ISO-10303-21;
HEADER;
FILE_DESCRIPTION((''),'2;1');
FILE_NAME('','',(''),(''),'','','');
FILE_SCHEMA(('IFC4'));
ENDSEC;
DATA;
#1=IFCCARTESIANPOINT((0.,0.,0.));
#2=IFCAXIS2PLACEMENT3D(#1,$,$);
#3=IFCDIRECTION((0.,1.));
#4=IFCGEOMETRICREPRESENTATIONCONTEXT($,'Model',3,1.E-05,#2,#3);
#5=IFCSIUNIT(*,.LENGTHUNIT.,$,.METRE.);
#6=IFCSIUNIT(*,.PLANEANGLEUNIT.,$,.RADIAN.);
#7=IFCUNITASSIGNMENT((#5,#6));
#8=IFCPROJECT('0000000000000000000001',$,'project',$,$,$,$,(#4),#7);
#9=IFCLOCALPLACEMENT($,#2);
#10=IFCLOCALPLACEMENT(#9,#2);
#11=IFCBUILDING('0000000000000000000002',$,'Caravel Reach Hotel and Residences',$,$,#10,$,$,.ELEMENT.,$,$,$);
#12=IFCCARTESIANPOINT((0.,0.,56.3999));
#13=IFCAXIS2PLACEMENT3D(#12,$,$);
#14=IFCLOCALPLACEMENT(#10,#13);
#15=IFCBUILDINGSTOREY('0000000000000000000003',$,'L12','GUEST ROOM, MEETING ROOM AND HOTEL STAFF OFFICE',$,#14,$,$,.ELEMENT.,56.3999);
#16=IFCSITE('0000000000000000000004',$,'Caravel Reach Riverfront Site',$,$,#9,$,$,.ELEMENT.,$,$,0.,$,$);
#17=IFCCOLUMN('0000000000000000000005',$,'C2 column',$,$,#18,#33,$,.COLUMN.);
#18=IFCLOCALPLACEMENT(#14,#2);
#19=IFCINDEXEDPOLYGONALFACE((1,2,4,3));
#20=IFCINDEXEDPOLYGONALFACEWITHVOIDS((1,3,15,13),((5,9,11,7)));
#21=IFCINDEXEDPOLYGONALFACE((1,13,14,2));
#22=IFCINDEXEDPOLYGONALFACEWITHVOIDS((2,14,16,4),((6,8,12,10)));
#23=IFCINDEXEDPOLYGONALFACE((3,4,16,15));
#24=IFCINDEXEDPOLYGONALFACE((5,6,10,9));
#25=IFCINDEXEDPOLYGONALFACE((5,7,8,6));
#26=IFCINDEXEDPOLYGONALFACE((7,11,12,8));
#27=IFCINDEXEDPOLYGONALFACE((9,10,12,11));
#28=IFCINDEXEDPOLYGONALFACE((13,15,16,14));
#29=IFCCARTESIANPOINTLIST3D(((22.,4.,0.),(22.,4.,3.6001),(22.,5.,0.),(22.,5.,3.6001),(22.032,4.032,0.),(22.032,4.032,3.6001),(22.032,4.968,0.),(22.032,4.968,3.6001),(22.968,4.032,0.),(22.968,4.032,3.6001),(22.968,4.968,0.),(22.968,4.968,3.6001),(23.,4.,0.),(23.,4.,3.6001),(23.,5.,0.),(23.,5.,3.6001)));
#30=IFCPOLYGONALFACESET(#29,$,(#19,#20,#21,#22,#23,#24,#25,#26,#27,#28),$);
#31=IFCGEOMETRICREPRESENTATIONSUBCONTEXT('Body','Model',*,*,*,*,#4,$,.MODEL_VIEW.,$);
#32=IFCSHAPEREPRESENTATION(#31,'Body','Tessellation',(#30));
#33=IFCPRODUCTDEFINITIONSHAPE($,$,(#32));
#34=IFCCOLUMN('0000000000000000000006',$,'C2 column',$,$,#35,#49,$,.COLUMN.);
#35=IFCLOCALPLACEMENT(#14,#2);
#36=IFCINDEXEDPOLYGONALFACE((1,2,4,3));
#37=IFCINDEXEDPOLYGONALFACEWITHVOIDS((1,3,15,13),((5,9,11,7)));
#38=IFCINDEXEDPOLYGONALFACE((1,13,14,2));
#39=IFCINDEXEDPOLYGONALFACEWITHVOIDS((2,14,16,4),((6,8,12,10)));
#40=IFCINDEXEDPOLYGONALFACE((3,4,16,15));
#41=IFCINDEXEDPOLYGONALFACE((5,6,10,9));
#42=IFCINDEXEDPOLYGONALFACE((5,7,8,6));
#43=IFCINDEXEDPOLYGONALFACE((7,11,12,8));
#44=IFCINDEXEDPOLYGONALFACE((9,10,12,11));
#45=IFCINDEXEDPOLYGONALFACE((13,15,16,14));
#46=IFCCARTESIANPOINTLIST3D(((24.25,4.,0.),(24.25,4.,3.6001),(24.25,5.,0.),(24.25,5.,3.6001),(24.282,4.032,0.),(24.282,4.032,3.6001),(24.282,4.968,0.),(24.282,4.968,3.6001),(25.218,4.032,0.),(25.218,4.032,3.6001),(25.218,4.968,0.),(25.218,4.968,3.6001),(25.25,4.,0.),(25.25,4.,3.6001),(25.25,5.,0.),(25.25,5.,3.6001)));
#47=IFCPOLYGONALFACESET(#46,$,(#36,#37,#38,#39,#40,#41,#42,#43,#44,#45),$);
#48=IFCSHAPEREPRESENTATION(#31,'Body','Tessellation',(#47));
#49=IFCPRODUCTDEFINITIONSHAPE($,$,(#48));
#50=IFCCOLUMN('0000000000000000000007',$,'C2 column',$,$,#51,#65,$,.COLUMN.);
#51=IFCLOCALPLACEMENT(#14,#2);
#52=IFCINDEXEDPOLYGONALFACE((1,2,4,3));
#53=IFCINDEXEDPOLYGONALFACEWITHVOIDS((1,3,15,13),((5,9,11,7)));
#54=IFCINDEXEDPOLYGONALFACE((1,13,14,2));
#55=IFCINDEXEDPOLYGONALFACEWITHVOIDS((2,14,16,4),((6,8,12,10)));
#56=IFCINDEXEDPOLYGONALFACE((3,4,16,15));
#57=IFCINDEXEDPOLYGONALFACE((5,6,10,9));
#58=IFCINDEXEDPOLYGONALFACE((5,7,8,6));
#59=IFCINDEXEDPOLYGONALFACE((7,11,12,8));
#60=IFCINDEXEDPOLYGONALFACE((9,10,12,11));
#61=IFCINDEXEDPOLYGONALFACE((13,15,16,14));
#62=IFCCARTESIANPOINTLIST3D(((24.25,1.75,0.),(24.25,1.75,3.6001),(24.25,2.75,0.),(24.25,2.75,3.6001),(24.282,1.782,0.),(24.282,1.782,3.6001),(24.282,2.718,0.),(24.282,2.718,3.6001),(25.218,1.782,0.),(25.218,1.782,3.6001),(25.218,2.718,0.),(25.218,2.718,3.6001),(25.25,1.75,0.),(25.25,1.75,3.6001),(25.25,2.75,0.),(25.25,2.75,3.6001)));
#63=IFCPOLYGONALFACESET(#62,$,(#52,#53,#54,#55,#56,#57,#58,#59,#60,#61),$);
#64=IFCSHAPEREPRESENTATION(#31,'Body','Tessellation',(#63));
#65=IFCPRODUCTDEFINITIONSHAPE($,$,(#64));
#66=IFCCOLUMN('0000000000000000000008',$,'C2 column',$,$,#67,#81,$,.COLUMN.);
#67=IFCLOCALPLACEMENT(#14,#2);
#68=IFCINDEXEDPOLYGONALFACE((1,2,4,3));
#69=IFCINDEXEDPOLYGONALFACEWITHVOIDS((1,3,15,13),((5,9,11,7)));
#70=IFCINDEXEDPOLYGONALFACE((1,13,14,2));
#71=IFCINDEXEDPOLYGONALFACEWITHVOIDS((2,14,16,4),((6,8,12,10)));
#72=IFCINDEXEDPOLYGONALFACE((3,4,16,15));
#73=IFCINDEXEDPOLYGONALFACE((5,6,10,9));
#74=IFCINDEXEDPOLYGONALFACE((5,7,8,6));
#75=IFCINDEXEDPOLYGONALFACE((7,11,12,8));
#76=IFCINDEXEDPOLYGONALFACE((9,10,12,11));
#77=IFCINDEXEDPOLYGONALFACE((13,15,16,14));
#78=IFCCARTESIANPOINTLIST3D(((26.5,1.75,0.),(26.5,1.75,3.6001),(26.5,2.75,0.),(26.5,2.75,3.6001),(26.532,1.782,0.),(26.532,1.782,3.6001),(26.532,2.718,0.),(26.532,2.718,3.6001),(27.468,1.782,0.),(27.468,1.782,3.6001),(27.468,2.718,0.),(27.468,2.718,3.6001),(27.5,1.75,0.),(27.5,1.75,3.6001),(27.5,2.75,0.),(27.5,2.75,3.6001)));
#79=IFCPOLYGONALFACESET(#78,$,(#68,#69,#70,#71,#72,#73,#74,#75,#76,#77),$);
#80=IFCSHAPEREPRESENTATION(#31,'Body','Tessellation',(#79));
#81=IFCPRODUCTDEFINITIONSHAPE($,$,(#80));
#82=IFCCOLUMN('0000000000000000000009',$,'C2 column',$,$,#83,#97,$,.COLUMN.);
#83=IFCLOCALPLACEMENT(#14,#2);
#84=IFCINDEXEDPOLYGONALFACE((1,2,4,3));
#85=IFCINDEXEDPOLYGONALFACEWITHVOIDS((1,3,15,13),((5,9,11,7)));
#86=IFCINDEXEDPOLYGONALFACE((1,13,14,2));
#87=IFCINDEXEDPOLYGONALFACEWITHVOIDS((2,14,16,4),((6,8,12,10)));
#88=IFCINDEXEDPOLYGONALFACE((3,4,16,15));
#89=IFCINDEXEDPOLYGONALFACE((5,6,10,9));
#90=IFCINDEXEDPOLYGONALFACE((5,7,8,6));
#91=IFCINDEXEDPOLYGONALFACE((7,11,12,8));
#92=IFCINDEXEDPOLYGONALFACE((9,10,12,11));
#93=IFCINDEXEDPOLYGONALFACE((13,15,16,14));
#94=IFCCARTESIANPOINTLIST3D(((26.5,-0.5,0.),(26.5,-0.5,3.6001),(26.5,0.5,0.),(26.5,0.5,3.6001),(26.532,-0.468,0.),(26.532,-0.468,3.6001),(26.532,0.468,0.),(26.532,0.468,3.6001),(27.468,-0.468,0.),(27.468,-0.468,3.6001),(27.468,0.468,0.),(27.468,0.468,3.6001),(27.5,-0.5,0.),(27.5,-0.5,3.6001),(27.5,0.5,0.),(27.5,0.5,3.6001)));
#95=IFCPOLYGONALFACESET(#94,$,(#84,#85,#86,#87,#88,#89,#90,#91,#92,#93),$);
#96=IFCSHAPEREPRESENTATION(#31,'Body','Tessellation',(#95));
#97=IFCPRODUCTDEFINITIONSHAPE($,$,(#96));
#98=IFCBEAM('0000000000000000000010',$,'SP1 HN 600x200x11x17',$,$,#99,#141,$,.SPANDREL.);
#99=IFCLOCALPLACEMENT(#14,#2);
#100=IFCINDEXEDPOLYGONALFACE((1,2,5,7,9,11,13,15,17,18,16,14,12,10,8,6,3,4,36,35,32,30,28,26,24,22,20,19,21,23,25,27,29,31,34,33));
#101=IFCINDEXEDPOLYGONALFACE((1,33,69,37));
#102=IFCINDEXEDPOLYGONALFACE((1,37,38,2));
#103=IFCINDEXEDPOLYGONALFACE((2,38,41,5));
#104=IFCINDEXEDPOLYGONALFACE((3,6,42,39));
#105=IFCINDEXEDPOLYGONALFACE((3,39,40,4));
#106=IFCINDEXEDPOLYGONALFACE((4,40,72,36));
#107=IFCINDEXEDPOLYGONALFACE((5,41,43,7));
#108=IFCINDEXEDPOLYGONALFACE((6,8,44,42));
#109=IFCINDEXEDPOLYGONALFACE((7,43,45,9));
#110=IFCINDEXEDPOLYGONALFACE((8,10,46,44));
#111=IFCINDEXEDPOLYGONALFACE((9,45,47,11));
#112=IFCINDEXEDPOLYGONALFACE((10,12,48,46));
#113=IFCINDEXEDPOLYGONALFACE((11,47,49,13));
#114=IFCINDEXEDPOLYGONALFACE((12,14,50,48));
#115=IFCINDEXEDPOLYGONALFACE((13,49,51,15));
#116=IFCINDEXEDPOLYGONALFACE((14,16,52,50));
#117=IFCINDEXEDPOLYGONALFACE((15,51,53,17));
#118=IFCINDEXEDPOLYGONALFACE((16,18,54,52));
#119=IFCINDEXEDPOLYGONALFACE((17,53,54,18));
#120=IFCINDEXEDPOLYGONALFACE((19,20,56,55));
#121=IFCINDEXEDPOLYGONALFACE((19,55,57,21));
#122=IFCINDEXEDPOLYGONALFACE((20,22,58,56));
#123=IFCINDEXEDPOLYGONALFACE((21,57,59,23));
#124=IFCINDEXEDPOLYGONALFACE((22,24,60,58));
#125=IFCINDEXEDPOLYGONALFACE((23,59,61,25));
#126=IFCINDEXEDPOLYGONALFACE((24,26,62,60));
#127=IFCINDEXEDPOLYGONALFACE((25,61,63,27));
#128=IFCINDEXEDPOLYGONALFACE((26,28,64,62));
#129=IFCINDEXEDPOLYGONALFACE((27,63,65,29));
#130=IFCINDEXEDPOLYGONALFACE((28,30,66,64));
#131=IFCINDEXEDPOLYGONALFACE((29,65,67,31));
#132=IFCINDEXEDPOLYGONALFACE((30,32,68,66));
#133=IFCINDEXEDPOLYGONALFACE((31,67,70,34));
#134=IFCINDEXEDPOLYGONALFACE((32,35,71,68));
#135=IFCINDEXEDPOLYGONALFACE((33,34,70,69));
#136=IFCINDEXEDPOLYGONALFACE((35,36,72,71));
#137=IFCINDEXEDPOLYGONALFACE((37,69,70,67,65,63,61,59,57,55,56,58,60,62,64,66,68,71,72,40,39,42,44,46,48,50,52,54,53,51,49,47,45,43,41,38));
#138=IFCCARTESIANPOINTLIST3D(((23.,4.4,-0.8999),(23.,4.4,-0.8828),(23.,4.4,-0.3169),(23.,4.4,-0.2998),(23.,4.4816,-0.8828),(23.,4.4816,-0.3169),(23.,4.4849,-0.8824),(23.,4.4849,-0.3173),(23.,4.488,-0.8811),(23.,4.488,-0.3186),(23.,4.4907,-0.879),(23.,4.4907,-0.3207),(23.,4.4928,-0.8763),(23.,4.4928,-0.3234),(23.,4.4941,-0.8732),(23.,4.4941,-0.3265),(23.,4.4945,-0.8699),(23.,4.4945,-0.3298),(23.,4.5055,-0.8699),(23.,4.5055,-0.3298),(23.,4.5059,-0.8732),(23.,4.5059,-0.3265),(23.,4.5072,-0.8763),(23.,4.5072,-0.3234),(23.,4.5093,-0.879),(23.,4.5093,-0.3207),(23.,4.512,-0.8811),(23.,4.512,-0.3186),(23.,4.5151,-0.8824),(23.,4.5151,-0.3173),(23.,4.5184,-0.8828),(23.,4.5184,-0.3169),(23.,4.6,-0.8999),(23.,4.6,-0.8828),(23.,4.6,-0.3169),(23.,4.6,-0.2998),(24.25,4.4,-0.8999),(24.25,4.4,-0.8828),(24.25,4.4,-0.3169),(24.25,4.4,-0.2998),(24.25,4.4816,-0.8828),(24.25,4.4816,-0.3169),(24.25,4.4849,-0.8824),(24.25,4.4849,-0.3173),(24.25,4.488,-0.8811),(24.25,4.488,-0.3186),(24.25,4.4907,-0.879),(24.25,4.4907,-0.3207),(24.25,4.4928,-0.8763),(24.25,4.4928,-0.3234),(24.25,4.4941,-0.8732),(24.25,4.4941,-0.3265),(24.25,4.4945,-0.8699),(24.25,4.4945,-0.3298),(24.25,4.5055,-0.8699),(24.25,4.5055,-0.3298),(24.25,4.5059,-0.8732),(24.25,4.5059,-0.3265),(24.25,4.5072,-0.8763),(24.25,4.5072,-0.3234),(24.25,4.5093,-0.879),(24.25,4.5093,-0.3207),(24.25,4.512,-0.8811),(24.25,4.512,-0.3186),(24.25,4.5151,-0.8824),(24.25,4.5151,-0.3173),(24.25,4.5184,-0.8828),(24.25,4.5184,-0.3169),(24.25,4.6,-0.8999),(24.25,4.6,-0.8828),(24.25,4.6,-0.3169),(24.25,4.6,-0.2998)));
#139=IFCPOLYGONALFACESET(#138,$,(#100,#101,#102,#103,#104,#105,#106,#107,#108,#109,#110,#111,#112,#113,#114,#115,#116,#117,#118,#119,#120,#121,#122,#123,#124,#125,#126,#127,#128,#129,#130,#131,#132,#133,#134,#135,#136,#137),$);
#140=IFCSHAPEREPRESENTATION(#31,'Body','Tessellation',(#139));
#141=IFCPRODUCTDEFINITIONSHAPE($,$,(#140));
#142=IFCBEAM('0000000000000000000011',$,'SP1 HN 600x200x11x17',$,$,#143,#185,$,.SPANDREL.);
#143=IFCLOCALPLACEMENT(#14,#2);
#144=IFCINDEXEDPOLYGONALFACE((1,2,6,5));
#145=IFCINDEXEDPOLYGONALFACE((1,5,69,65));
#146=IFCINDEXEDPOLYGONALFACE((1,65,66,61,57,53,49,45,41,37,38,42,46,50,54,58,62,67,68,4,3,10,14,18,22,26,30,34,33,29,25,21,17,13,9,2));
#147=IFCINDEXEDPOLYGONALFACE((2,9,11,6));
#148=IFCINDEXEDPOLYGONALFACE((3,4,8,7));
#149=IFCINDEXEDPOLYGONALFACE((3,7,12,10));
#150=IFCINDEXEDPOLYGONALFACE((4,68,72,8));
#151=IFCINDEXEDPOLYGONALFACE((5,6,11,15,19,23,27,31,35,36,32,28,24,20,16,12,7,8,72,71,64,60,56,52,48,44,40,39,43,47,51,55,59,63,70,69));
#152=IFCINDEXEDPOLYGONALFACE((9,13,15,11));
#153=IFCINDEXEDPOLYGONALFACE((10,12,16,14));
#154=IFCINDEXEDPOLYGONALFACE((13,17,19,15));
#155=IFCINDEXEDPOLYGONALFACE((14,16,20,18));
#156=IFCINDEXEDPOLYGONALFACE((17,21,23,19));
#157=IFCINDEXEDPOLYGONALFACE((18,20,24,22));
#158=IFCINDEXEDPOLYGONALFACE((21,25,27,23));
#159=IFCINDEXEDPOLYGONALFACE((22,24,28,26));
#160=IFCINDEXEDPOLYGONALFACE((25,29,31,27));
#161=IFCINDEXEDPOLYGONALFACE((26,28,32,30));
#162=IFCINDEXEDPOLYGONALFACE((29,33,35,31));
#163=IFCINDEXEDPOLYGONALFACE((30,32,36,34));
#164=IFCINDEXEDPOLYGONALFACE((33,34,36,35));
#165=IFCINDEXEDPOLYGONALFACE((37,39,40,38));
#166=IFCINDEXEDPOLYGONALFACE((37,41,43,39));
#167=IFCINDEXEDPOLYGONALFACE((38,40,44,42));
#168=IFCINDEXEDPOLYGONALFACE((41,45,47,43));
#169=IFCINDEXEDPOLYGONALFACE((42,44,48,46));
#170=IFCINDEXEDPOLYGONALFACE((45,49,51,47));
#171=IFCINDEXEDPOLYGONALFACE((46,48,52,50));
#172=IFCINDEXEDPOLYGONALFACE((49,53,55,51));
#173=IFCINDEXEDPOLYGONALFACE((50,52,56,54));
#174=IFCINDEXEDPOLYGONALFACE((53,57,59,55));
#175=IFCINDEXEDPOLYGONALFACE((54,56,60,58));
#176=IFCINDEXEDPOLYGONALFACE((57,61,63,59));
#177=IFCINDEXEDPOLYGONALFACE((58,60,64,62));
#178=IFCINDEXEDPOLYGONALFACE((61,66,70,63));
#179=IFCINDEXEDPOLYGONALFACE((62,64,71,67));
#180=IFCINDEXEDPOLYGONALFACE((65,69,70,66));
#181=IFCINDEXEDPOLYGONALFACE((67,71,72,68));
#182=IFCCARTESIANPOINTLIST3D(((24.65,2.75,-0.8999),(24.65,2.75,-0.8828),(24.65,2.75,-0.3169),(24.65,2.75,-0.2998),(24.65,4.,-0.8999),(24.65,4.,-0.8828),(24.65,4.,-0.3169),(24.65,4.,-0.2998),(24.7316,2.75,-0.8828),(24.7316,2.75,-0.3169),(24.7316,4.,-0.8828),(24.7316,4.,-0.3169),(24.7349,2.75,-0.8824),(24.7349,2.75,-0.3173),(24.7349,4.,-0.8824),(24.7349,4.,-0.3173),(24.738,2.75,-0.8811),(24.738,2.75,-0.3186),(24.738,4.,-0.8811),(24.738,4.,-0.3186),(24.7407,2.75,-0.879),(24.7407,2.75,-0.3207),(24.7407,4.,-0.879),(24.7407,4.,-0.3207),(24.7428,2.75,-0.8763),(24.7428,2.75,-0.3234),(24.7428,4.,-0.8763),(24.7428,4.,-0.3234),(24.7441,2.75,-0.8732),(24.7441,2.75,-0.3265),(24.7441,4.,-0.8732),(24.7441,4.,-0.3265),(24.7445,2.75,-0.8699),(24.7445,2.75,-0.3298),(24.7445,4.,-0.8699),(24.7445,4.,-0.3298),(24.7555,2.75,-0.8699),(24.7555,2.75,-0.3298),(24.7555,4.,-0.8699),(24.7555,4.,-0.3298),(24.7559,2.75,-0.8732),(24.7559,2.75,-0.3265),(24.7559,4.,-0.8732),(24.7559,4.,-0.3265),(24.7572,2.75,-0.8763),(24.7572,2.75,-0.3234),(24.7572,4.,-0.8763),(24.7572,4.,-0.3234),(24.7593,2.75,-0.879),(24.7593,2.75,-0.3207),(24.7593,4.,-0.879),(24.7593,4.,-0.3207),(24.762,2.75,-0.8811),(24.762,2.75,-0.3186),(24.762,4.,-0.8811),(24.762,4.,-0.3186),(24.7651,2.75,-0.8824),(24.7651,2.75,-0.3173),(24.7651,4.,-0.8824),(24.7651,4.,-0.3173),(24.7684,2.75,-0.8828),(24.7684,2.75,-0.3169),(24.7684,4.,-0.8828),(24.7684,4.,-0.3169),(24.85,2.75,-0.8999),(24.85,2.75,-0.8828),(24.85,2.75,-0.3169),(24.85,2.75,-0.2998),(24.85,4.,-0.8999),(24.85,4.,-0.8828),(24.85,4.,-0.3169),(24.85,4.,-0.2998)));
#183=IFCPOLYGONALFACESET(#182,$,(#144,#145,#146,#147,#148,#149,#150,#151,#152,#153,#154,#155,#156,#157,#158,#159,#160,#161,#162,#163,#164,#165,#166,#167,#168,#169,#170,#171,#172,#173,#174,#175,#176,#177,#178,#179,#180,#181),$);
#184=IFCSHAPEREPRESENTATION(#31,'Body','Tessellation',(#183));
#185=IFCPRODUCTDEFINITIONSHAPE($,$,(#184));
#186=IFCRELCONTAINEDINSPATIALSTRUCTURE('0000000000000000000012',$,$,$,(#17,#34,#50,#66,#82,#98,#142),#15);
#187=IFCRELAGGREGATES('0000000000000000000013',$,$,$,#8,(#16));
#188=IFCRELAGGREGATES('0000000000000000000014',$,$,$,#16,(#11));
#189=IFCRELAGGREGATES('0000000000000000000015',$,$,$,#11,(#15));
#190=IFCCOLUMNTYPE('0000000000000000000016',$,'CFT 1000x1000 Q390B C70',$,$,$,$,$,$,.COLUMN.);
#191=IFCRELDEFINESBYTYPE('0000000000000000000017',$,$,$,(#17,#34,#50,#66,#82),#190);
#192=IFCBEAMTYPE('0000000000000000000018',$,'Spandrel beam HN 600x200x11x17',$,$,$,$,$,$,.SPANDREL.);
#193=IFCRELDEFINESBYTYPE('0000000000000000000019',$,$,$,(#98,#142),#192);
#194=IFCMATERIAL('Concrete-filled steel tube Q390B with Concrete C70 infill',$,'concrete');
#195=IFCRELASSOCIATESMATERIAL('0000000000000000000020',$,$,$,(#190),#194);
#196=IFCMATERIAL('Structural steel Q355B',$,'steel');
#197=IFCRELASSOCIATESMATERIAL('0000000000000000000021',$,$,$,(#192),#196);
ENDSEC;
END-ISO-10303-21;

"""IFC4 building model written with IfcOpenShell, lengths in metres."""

from ifc_helpers import new_model, si_unit, direction, frame, origin, origin_2d, place, context, subcontext, project, spatial, hollow_rectangle, i_section, extrude, material, material_profile, profile_set, type_object, element, save


model = new_model("IFC4")

# Units and contexts
model_context = context("Model", 3, precision=1e-05, world=origin(), true_north=direction((0.0, 1.0)))
body_context = subcontext(model_context, "Body", "Model", "MODEL_VIEW")
ifc_project = project(units=[si_unit("LENGTHUNIT", "METRE"), si_unit("PLANEANGLEUNIT", "RADIAN")], contexts=[model_context])

# Site, building, storey
site_placement = place(None, origin())
site = spatial("IfcSite", under=ifc_project, at=site_placement, Name="Caravel Reach Riverfront Site", CompositionType="ELEMENT", RefElevation=0.0)
building_placement = place(site_placement, origin())
building = spatial("IfcBuilding", under=site, at=building_placement, Name="Caravel Reach Hotel and Residences", CompositionType="ELEMENT")
storey_placement = place(building_placement, frame((0.0, 0.0, 56.3999)))
storey = spatial("IfcBuildingStorey", under=building, at=storey_placement, Name="L12", Description="GUEST ROOM, MEETING ROOM AND HOTEL STAFF OFFICE", CompositionType="ELEMENT", Elevation=56.3999)

# Columns
ifc_material_1 = material(Name="Concrete-filled steel tube Q390B with Concrete C70 infill", Category="concrete")
ifc_material_profile_1 = material_profile(ifc_material_1, hollow_rectangle(XDim=1.0, YDim=1.0, WallThickness=0.032, at=origin_2d()), Name="RHS 1000x1000x32")
ifc_profile_set_1 = profile_set([ifc_material_profile_1], Name="Concrete-filled steel tube Q390B with Concrete C70 infill")
column_type = type_object("IfcColumnType", Name="CFT 1000x1000 Q390B C70", PredefinedType="COLUMN", material=ifc_profile_set_1)
for number, where, z_axis, x_axis, name in (
    (1, (22.5, 4.5, 0.0), (0.0, 0.0, 1.0), (1.0, 0.0, 0.0), "C2 column"),
    (2, (24.75, 4.5, 0.0), (0.0, 0.0, 1.0), (1.0, 0.0, 0.0), "C2 column"),
    (3, (24.75, 2.25, 0.0), (0.0, 0.0, 1.0), (1.0, 0.0, 0.0), "C2 column"),
    (4, (27.0, 2.25, 0.0), (0.0, 0.0, 1.0), (1.0, 0.0, 0.0), "C2 column"),
    (5, (27.0, 0.0, 0.0), (0.0, 0.0, 1.0), (1.0, 0.0, 0.0), "C2 column"),
):
    element("IfcColumn", number, at=place(storey_placement, frame(where, z_axis=z_axis, x_axis=x_axis)), inside=storey, type_object=column_type, Name=name, PredefinedType="COLUMN", context=body_context, shape_type="SweptSolid", body=[
        extrude(hollow_rectangle(XDim=1.0, YDim=1.0, WallThickness=0.032, at=origin_2d()), origin(), (0.0, 0.0, 1.0), 3.6001),
    ])

# Beams
ifc_material_2 = material(Name="Structural steel Q355B", Category="steel")
ifc_material_profile_2 = material_profile(ifc_material_2, i_section(OverallWidth=0.2, OverallDepth=0.6001, WebThickness=0.011, FlangeThickness=0.0171, FilletRadius=0.0129, at=origin_2d()), Name="HN 600x200x11x17")
ifc_profile_set_2 = profile_set([ifc_material_profile_2], Name="Structural steel Q355B")
beam_type = type_object("IfcBeamType", Name="Spandrel beam HN 600x200x11x17", PredefinedType="SPANDREL", material=ifc_profile_set_2)
for number, where, z_axis, x_axis, name in (
    (6, (23.0, 4.5, -0.5999), (1.0, 0.0, 0.0), (0.0, 1.0, 0.0), "SP1 HN 600x200x11x17"),
    (7, (24.75, 4.0, -0.5999), (0.0, -1.0, 0.0), (1.0, 0.0, 0.0), "SP1 HN 600x200x11x17"),
):
    element("IfcBeam", number, at=place(storey_placement, frame(where, z_axis=z_axis, x_axis=x_axis)), inside=storey, type_object=beam_type, Name=name, PredefinedType="SPANDREL", context=body_context, shape_type="SweptSolid", body=[
        extrude(i_section(OverallWidth=0.2, OverallDepth=0.6001, WebThickness=0.011, FlangeThickness=0.0171, FilletRadius=0.0129, at=origin_2d()), origin(), (0.0, 0.0, 1.0), 1.25),
    ])

save(model, "model.ifc")
